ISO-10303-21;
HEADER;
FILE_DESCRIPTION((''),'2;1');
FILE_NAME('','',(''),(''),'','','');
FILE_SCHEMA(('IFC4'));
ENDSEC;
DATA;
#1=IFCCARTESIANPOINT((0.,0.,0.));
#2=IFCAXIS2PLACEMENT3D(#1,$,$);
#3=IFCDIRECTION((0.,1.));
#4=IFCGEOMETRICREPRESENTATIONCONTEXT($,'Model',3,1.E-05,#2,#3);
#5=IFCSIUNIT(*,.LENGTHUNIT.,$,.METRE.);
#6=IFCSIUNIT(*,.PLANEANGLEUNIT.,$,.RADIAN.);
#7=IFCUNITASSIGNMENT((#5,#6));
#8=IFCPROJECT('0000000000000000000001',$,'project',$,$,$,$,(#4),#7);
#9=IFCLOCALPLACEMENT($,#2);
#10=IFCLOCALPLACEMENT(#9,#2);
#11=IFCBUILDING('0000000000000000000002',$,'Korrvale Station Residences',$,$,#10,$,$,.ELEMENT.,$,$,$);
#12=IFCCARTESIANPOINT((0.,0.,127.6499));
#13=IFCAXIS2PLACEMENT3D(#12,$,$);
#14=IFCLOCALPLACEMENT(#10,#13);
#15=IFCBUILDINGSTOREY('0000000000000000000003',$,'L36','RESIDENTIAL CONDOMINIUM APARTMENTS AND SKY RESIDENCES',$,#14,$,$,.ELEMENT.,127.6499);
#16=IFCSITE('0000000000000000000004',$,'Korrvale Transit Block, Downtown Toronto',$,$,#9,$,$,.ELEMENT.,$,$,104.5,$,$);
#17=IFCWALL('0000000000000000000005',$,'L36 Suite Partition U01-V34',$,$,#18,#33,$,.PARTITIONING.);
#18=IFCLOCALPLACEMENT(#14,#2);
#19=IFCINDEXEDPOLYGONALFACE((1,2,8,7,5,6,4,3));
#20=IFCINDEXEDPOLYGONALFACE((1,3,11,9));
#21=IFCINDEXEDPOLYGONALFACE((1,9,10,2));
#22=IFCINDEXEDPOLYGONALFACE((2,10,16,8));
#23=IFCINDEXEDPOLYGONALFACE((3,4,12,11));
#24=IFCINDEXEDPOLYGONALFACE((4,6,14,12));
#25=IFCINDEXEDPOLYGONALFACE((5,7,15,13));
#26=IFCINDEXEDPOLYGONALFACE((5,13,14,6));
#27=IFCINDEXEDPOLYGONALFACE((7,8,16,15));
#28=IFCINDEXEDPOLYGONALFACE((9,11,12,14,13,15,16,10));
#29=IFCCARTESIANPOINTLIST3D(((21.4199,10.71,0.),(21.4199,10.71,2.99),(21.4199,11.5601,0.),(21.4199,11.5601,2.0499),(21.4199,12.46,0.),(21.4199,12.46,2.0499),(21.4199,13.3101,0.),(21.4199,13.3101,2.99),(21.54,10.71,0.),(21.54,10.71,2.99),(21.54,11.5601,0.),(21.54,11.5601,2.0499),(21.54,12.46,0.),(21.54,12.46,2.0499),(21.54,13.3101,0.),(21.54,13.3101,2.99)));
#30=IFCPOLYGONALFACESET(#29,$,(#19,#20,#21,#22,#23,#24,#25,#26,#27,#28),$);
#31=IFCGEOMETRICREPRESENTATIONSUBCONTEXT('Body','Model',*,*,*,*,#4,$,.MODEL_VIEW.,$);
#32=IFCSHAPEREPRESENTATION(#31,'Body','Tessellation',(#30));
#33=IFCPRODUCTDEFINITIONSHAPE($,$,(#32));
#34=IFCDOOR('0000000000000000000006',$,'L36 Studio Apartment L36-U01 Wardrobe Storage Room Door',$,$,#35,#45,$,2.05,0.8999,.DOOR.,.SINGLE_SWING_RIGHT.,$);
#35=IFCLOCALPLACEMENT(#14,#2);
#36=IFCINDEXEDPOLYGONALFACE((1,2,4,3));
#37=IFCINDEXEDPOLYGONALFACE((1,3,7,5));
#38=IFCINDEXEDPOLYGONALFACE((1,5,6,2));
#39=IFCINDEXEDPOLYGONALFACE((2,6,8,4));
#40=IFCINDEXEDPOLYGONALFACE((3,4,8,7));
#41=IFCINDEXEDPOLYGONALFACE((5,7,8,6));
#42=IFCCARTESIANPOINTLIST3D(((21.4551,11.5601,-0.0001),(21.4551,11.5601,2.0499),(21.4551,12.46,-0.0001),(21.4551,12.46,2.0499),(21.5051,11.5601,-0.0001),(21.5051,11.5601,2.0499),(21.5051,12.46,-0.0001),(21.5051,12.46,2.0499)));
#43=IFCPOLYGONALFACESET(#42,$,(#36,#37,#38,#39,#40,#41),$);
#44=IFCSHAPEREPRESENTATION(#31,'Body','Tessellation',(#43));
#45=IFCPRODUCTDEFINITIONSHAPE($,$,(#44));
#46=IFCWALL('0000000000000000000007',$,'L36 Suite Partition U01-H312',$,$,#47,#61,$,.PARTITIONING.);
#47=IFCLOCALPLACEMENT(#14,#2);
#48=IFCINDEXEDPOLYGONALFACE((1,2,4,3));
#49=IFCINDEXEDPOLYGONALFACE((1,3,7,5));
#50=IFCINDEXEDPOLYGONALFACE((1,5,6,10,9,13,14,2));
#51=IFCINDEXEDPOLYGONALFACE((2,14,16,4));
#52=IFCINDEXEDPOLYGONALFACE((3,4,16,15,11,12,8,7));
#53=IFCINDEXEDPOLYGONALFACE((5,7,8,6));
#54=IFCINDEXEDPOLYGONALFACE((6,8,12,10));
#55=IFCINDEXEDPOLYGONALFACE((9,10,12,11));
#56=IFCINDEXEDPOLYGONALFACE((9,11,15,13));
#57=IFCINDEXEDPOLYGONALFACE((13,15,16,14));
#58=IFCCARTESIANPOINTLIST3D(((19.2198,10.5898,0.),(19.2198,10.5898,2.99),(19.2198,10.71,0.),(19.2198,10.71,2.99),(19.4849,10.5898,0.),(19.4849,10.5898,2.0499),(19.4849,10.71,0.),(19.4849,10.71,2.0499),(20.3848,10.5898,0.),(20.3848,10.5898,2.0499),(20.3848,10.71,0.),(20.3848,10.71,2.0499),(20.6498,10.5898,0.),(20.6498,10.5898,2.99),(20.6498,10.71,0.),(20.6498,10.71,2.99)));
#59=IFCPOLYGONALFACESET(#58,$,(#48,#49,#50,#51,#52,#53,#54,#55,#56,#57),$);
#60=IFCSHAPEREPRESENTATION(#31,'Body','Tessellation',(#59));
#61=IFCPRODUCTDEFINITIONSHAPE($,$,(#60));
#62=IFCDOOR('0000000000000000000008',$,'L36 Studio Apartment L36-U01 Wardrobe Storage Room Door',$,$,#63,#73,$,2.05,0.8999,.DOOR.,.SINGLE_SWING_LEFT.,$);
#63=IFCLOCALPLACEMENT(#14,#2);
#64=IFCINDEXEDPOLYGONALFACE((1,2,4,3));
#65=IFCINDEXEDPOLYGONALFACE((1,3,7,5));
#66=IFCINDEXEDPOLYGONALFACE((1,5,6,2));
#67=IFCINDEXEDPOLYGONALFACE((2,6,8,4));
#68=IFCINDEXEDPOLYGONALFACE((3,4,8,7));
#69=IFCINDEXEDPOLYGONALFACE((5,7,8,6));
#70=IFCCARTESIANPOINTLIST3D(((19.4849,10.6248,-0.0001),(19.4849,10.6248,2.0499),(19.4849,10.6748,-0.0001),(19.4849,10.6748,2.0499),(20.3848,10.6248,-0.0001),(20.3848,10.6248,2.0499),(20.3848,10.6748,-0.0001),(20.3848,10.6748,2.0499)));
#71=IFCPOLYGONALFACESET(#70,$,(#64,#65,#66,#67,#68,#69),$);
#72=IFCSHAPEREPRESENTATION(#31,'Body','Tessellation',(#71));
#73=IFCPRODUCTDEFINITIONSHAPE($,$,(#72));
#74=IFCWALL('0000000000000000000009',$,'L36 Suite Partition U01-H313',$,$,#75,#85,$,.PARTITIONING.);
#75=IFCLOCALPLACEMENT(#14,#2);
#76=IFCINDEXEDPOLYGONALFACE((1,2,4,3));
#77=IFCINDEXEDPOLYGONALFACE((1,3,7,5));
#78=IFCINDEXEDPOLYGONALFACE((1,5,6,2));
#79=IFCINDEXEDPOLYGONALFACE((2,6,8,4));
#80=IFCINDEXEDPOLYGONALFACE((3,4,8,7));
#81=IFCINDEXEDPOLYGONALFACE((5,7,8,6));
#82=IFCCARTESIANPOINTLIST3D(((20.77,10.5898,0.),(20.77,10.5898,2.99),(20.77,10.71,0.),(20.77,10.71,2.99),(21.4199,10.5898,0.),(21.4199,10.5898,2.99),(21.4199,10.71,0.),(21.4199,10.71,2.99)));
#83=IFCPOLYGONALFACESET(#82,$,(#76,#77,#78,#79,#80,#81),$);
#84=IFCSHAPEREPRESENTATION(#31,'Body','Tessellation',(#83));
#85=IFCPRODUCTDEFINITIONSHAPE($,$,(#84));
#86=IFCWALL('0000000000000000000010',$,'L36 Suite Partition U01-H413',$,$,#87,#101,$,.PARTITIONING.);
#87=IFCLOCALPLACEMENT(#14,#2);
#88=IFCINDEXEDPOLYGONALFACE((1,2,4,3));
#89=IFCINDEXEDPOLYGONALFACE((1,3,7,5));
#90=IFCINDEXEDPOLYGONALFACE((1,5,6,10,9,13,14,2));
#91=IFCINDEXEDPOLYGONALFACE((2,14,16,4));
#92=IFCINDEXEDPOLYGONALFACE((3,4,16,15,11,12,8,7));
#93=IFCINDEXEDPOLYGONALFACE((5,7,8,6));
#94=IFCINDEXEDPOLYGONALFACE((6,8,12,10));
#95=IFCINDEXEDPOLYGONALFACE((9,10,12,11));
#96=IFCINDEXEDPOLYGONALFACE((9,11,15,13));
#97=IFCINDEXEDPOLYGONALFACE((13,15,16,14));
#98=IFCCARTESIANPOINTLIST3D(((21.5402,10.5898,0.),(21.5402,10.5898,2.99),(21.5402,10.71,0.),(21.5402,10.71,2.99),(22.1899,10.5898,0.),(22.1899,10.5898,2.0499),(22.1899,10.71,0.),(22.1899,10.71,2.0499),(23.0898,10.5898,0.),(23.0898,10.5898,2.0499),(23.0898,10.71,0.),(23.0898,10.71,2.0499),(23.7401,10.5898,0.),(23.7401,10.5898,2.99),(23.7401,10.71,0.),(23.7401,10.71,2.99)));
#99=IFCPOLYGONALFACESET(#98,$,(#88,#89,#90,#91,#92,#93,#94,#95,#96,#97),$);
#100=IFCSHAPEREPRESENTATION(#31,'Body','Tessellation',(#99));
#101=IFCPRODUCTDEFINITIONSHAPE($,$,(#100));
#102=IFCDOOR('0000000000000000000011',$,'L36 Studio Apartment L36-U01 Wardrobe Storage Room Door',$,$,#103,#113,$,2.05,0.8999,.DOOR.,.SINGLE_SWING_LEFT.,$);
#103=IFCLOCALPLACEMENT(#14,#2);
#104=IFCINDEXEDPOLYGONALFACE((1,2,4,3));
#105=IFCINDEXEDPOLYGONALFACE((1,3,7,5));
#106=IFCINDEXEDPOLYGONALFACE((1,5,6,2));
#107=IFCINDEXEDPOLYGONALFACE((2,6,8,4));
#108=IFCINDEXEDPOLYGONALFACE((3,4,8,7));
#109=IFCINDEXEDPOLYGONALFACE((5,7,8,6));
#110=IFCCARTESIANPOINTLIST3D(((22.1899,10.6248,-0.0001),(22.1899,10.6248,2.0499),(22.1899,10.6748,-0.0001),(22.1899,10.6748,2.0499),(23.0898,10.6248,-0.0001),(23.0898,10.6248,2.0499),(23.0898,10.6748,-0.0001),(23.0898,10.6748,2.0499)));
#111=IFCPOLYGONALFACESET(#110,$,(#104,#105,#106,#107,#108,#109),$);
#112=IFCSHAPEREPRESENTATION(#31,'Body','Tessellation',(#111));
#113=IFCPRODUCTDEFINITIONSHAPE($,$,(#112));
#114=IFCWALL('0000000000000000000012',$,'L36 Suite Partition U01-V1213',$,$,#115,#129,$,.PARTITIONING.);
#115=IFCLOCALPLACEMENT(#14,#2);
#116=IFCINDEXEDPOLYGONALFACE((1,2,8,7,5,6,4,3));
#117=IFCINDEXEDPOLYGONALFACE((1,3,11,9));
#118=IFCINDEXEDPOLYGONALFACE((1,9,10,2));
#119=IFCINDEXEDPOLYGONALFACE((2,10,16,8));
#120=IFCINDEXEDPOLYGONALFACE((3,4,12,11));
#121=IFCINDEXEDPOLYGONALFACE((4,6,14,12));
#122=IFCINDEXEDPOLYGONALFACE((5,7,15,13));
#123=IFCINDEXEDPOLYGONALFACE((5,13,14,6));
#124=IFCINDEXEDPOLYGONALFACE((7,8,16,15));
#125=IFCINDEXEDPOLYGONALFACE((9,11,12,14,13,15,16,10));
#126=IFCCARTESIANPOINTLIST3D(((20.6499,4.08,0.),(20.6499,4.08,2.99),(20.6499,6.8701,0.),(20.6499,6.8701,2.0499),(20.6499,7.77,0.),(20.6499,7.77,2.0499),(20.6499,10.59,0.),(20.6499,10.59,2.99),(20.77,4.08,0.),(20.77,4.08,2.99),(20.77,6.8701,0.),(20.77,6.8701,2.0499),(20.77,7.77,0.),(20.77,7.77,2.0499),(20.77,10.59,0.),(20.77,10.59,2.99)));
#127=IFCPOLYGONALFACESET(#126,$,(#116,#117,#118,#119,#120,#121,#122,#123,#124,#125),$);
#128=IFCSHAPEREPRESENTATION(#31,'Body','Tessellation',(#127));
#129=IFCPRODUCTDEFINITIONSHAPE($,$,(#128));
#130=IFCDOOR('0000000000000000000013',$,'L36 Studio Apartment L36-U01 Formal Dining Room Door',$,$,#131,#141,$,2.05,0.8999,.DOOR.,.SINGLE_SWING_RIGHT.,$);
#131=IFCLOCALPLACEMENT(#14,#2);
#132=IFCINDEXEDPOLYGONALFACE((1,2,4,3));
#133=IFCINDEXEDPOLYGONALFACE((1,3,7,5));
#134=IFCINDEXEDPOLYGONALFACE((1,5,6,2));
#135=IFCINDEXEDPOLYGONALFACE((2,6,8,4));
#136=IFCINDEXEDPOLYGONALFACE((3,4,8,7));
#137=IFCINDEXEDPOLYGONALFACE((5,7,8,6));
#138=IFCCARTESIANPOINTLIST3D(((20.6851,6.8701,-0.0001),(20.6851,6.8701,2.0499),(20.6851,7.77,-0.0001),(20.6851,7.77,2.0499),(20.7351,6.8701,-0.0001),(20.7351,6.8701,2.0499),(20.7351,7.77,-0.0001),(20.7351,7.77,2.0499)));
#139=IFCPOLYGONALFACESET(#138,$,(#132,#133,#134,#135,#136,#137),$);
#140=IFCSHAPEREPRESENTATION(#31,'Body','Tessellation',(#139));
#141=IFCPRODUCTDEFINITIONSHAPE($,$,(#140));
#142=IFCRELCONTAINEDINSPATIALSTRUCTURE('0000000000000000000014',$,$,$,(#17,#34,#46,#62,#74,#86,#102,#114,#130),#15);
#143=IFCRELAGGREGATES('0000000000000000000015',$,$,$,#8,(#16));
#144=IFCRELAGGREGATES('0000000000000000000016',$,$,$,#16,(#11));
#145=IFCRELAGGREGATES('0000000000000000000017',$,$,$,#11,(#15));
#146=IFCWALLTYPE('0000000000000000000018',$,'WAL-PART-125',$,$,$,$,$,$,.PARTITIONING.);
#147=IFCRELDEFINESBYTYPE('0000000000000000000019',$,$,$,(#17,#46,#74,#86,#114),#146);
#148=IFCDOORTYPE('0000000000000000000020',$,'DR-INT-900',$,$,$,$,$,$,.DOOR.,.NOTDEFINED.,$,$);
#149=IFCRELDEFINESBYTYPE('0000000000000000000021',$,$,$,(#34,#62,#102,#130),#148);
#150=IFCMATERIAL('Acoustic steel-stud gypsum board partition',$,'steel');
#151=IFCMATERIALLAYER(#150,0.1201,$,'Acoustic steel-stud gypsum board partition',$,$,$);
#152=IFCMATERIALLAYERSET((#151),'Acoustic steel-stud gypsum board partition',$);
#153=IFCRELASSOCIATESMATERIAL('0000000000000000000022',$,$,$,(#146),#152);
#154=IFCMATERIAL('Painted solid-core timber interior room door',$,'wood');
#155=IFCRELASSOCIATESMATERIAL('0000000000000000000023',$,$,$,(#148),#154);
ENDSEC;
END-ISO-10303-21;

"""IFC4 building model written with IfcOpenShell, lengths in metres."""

from ifc_helpers import new_model, si_unit, direction, frame, frame_2d, origin, place, context, subcontext, project, spatial, rectangle, extrude, material, layer, layer_set, type_object, element, fill, save


model = new_model("IFC4")

# Units and contexts
model_context = context("Model", 3, precision=1e-05, world=origin(), true_north=direction((0.0, 1.0)))
body_context = subcontext(model_context, "Body", "Model", "MODEL_VIEW")
ifc_project = project(units=[si_unit("LENGTHUNIT", "METRE"), si_unit("PLANEANGLEUNIT", "RADIAN")], contexts=[model_context])

# Site, building, storey
site_placement = place(None, origin())
site = spatial("IfcSite", under=ifc_project, at=site_placement, Name="Korrvale Transit Block, Downtown Toronto", CompositionType="ELEMENT", RefElevation=104.5)
building_placement = place(site_placement, origin())
building = spatial("IfcBuilding", under=site, at=building_placement, Name="Korrvale Station Residences", CompositionType="ELEMENT")
storey_placement = place(building_placement, frame((0.0, 0.0, 127.6499)))
storey = spatial("IfcBuildingStorey", under=building, at=storey_placement, Name="L36", Description="RESIDENTIAL CONDOMINIUM APARTMENTS AND SKY RESIDENCES", CompositionType="ELEMENT", Elevation=127.6499)

# Walls, openings, doors
ifc_material_1 = material(Name="Acoustic steel-stud gypsum board partition", Category="steel")
ifc_layer = layer(ifc_material_1, 0.1201, Name="Acoustic steel-stud gypsum board partition")
ifc_layer_set = layer_set([ifc_layer], Name="Acoustic steel-stud gypsum board partition")
wall_type = type_object("IfcWallType", Name="WAL-PART-125", PredefinedType="PARTITIONING", material=ifc_layer_set)
ifc_material_2 = material(Name="Painted solid-core timber interior room door", Category="wood")
door_type = type_object("IfcDoorType", Name="DR-INT-900", OperationType="NOTDEFINED", PredefinedType="DOOR", material=ifc_material_2)
wall_1_placement = place(storey_placement, frame((21.48, 10.71, 0.0), z_axis=(0.0, 0.0, 1.0), x_axis=(0.0, 1.0, 0.0)))
wall_1 = element("IfcWall", 1, at=wall_1_placement, inside=storey, type_object=wall_type, Name="L36 Suite Partition U01-V34", PredefinedType="PARTITIONING", context=body_context, shape_type="SweptSolid", body=[
    extrude(rectangle(XDim=2.6001, YDim=0.1201, at=frame_2d((1.3, 0.0))), origin(), (0.0, 0.0, 1.0), 2.99),
])
opening_1_placement = place(wall_1_placement, frame((0.8501, 0.0, 0.0)))
opening_1 = element("IfcOpeningElement", 2, at=opening_1_placement, cuts=wall_1, PredefinedType="OPENING", context=body_context, shape_type="SweptSolid", body=[
    extrude(rectangle(XDim=0.8999, YDim=2.05, at=frame_2d((0.45, 1.0249))), frame((0.0, 0.0701, 0.0), z_axis=(0.0, -1.0, 0.0), x_axis=(1.0, 0.0, 0.0)), (0.0, 0.0, 1.0), 0.1401),
])
door_1_placement = place(opening_1_placement, origin())
door_1 = element("IfcDoor", 3, at=door_1_placement, inside=storey, type_object=door_type, Name="L36 Studio Apartment L36-U01 Wardrobe Storage Room Door", OperationType="SINGLE_SWING_RIGHT", OverallHeight=2.05, OverallWidth=0.8999, PredefinedType="DOOR", context=body_context, shape_type="SweptSolid", body=[
    extrude(rectangle(XDim=0.8999, YDim=2.05, at=frame_2d((0.45, 1.0249))), frame((0.0, 0.0249, 0.0), z_axis=(0.0, -1.0, 0.0), x_axis=(1.0, 0.0, 0.0)), (0.0, 0.0, 1.0), 0.05),
])
fill(opening_1, door_1)
wall_2_placement = place(storey_placement, frame((19.22, 10.6499, 0.0), z_axis=(0.0, 0.0, 1.0), x_axis=(1.0, 0.0, 0.0)))
wall_2 = element("IfcWall", 4, at=wall_2_placement, inside=storey, type_object=wall_type, Name="L36 Suite Partition U01-H312", PredefinedType="PARTITIONING", context=body_context, shape_type="SweptSolid", body=[
    extrude(rectangle(XDim=1.4299, YDim=0.1201, at=frame_2d((0.7148, 0.0))), origin(), (0.0, 0.0, 1.0), 2.99),
])
opening_2_placement = place(wall_2_placement, frame((0.2649, 0.0, 0.0)))
opening_2 = element("IfcOpeningElement", 5, at=opening_2_placement, cuts=wall_2, PredefinedType="OPENING", context=body_context, shape_type="SweptSolid", body=[
    extrude(rectangle(XDim=0.8999, YDim=2.05, at=frame_2d((0.45, 1.0249))), frame((0.0, 0.0701, 0.0), z_axis=(0.0, -1.0, 0.0), x_axis=(1.0, 0.0, 0.0)), (0.0, 0.0, 1.0), 0.1401),
])
door_2_placement = place(opening_2_placement, origin())
door_2 = element("IfcDoor", 6, at=door_2_placement, inside=storey, type_object=door_type, Name="L36 Studio Apartment L36-U01 Wardrobe Storage Room Door", OperationType="SINGLE_SWING_LEFT", OverallHeight=2.05, OverallWidth=0.8999, PredefinedType="DOOR", context=body_context, shape_type="SweptSolid", body=[
    extrude(rectangle(XDim=0.8999, YDim=2.05, at=frame_2d((0.45, 1.0249))), frame((0.0, 0.0249, 0.0), z_axis=(0.0, -1.0, 0.0), x_axis=(1.0, 0.0, 0.0)), (0.0, 0.0, 1.0), 0.05),
])
fill(opening_2, door_2)

# Wall
wall_3_placement = place(storey_placement, frame((20.77, 10.6499, 0.0), z_axis=(0.0, 0.0, 1.0), x_axis=(1.0, 0.0, 0.0)))
element("IfcWall", 7, at=wall_3_placement, inside=storey, type_object=wall_type, Name="L36 Suite Partition U01-H313", PredefinedType="PARTITIONING", context=body_context, shape_type="SweptSolid", body=[
    extrude(rectangle(XDim=0.6499, YDim=0.1201, at=frame_2d((0.325, 0.0))), origin(), (0.0, 0.0, 1.0), 2.99),
])

# Walls, openings, doors
wall_4_placement = place(storey_placement, frame((21.54, 10.6499, 0.0), z_axis=(0.0, 0.0, 1.0), x_axis=(1.0, 0.0, 0.0)))
wall_4 = element("IfcWall", 8, at=wall_4_placement, inside=storey, type_object=wall_type, Name="L36 Suite Partition U01-H413", PredefinedType="PARTITIONING", context=body_context, shape_type="SweptSolid", body=[
    extrude(rectangle(XDim=2.2, YDim=0.1201, at=frame_2d((1.1001, 0.0))), origin(), (0.0, 0.0, 1.0), 2.99),
])
opening_3_placement = place(wall_4_placement, frame((0.6499, 0.0, 0.0)))
opening_3 = element("IfcOpeningElement", 9, at=opening_3_placement, cuts=wall_4, PredefinedType="OPENING", context=body_context, shape_type="SweptSolid", body=[
    extrude(rectangle(XDim=0.8999, YDim=2.05, at=frame_2d((0.45, 1.0249))), frame((0.0, 0.0701, 0.0), z_axis=(0.0, -1.0, 0.0), x_axis=(1.0, 0.0, 0.0)), (0.0, 0.0, 1.0), 0.1401),
])
door_3_placement = place(opening_3_placement, origin())
door_3 = element("IfcDoor", 10, at=door_3_placement, inside=storey, type_object=door_type, Name="L36 Studio Apartment L36-U01 Wardrobe Storage Room Door", OperationType="SINGLE_SWING_LEFT", OverallHeight=2.05, OverallWidth=0.8999, PredefinedType="DOOR", context=body_context, shape_type="SweptSolid", body=[
    extrude(rectangle(XDim=0.8999, YDim=2.05, at=frame_2d((0.45, 1.0249))), frame((0.0, 0.0249, 0.0), z_axis=(0.0, -1.0, 0.0), x_axis=(1.0, 0.0, 0.0)), (0.0, 0.0, 1.0), 0.05),
])
fill(opening_3, door_3)
wall_5_placement = place(storey_placement, frame((20.71, 4.0801, 0.0), z_axis=(0.0, 0.0, 1.0), x_axis=(0.0, 1.0, 0.0)))
wall_5 = element("IfcWall", 11, at=wall_5_placement, inside=storey, type_object=wall_type, Name="L36 Suite Partition U01-V1213", PredefinedType="PARTITIONING", context=body_context, shape_type="SweptSolid", body=[
    extrude(rectangle(XDim=6.51, YDim=0.1201, at=frame_2d((3.2549, 0.0))), origin(), (0.0, 0.0, 1.0), 2.99),
])
opening_4_placement = place(wall_5_placement, frame((2.79, 0.0, 0.0)))
opening_4 = element("IfcOpeningElement", 12, at=opening_4_placement, cuts=wall_5, PredefinedType="OPENING", context=body_context, shape_type="SweptSolid", body=[
    extrude(rectangle(XDim=0.8999, YDim=2.05, at=frame_2d((0.45, 1.0249))), frame((0.0, 0.0701, 0.0), z_axis=(0.0, -1.0, 0.0), x_axis=(1.0, 0.0, 0.0)), (0.0, 0.0, 1.0), 0.1401),
])
door_4_placement = place(opening_4_placement, origin())
door_4 = element("IfcDoor", 13, at=door_4_placement, inside=storey, type_object=door_type, Name="L36 Studio Apartment L36-U01 Formal Dining Room Door", OperationType="SINGLE_SWING_RIGHT", OverallHeight=2.05, OverallWidth=0.8999, PredefinedType="DOOR", context=body_context, shape_type="SweptSolid", body=[
    extrude(rectangle(XDim=0.8999, YDim=2.05, at=frame_2d((0.45, 1.0249))), frame((0.0, 0.0249, 0.0), z_axis=(0.0, -1.0, 0.0), x_axis=(1.0, 0.0, 0.0)), (0.0, 0.0, 1.0), 0.05),
])
fill(opening_4, door_4)

save(model, "model.ifc")
